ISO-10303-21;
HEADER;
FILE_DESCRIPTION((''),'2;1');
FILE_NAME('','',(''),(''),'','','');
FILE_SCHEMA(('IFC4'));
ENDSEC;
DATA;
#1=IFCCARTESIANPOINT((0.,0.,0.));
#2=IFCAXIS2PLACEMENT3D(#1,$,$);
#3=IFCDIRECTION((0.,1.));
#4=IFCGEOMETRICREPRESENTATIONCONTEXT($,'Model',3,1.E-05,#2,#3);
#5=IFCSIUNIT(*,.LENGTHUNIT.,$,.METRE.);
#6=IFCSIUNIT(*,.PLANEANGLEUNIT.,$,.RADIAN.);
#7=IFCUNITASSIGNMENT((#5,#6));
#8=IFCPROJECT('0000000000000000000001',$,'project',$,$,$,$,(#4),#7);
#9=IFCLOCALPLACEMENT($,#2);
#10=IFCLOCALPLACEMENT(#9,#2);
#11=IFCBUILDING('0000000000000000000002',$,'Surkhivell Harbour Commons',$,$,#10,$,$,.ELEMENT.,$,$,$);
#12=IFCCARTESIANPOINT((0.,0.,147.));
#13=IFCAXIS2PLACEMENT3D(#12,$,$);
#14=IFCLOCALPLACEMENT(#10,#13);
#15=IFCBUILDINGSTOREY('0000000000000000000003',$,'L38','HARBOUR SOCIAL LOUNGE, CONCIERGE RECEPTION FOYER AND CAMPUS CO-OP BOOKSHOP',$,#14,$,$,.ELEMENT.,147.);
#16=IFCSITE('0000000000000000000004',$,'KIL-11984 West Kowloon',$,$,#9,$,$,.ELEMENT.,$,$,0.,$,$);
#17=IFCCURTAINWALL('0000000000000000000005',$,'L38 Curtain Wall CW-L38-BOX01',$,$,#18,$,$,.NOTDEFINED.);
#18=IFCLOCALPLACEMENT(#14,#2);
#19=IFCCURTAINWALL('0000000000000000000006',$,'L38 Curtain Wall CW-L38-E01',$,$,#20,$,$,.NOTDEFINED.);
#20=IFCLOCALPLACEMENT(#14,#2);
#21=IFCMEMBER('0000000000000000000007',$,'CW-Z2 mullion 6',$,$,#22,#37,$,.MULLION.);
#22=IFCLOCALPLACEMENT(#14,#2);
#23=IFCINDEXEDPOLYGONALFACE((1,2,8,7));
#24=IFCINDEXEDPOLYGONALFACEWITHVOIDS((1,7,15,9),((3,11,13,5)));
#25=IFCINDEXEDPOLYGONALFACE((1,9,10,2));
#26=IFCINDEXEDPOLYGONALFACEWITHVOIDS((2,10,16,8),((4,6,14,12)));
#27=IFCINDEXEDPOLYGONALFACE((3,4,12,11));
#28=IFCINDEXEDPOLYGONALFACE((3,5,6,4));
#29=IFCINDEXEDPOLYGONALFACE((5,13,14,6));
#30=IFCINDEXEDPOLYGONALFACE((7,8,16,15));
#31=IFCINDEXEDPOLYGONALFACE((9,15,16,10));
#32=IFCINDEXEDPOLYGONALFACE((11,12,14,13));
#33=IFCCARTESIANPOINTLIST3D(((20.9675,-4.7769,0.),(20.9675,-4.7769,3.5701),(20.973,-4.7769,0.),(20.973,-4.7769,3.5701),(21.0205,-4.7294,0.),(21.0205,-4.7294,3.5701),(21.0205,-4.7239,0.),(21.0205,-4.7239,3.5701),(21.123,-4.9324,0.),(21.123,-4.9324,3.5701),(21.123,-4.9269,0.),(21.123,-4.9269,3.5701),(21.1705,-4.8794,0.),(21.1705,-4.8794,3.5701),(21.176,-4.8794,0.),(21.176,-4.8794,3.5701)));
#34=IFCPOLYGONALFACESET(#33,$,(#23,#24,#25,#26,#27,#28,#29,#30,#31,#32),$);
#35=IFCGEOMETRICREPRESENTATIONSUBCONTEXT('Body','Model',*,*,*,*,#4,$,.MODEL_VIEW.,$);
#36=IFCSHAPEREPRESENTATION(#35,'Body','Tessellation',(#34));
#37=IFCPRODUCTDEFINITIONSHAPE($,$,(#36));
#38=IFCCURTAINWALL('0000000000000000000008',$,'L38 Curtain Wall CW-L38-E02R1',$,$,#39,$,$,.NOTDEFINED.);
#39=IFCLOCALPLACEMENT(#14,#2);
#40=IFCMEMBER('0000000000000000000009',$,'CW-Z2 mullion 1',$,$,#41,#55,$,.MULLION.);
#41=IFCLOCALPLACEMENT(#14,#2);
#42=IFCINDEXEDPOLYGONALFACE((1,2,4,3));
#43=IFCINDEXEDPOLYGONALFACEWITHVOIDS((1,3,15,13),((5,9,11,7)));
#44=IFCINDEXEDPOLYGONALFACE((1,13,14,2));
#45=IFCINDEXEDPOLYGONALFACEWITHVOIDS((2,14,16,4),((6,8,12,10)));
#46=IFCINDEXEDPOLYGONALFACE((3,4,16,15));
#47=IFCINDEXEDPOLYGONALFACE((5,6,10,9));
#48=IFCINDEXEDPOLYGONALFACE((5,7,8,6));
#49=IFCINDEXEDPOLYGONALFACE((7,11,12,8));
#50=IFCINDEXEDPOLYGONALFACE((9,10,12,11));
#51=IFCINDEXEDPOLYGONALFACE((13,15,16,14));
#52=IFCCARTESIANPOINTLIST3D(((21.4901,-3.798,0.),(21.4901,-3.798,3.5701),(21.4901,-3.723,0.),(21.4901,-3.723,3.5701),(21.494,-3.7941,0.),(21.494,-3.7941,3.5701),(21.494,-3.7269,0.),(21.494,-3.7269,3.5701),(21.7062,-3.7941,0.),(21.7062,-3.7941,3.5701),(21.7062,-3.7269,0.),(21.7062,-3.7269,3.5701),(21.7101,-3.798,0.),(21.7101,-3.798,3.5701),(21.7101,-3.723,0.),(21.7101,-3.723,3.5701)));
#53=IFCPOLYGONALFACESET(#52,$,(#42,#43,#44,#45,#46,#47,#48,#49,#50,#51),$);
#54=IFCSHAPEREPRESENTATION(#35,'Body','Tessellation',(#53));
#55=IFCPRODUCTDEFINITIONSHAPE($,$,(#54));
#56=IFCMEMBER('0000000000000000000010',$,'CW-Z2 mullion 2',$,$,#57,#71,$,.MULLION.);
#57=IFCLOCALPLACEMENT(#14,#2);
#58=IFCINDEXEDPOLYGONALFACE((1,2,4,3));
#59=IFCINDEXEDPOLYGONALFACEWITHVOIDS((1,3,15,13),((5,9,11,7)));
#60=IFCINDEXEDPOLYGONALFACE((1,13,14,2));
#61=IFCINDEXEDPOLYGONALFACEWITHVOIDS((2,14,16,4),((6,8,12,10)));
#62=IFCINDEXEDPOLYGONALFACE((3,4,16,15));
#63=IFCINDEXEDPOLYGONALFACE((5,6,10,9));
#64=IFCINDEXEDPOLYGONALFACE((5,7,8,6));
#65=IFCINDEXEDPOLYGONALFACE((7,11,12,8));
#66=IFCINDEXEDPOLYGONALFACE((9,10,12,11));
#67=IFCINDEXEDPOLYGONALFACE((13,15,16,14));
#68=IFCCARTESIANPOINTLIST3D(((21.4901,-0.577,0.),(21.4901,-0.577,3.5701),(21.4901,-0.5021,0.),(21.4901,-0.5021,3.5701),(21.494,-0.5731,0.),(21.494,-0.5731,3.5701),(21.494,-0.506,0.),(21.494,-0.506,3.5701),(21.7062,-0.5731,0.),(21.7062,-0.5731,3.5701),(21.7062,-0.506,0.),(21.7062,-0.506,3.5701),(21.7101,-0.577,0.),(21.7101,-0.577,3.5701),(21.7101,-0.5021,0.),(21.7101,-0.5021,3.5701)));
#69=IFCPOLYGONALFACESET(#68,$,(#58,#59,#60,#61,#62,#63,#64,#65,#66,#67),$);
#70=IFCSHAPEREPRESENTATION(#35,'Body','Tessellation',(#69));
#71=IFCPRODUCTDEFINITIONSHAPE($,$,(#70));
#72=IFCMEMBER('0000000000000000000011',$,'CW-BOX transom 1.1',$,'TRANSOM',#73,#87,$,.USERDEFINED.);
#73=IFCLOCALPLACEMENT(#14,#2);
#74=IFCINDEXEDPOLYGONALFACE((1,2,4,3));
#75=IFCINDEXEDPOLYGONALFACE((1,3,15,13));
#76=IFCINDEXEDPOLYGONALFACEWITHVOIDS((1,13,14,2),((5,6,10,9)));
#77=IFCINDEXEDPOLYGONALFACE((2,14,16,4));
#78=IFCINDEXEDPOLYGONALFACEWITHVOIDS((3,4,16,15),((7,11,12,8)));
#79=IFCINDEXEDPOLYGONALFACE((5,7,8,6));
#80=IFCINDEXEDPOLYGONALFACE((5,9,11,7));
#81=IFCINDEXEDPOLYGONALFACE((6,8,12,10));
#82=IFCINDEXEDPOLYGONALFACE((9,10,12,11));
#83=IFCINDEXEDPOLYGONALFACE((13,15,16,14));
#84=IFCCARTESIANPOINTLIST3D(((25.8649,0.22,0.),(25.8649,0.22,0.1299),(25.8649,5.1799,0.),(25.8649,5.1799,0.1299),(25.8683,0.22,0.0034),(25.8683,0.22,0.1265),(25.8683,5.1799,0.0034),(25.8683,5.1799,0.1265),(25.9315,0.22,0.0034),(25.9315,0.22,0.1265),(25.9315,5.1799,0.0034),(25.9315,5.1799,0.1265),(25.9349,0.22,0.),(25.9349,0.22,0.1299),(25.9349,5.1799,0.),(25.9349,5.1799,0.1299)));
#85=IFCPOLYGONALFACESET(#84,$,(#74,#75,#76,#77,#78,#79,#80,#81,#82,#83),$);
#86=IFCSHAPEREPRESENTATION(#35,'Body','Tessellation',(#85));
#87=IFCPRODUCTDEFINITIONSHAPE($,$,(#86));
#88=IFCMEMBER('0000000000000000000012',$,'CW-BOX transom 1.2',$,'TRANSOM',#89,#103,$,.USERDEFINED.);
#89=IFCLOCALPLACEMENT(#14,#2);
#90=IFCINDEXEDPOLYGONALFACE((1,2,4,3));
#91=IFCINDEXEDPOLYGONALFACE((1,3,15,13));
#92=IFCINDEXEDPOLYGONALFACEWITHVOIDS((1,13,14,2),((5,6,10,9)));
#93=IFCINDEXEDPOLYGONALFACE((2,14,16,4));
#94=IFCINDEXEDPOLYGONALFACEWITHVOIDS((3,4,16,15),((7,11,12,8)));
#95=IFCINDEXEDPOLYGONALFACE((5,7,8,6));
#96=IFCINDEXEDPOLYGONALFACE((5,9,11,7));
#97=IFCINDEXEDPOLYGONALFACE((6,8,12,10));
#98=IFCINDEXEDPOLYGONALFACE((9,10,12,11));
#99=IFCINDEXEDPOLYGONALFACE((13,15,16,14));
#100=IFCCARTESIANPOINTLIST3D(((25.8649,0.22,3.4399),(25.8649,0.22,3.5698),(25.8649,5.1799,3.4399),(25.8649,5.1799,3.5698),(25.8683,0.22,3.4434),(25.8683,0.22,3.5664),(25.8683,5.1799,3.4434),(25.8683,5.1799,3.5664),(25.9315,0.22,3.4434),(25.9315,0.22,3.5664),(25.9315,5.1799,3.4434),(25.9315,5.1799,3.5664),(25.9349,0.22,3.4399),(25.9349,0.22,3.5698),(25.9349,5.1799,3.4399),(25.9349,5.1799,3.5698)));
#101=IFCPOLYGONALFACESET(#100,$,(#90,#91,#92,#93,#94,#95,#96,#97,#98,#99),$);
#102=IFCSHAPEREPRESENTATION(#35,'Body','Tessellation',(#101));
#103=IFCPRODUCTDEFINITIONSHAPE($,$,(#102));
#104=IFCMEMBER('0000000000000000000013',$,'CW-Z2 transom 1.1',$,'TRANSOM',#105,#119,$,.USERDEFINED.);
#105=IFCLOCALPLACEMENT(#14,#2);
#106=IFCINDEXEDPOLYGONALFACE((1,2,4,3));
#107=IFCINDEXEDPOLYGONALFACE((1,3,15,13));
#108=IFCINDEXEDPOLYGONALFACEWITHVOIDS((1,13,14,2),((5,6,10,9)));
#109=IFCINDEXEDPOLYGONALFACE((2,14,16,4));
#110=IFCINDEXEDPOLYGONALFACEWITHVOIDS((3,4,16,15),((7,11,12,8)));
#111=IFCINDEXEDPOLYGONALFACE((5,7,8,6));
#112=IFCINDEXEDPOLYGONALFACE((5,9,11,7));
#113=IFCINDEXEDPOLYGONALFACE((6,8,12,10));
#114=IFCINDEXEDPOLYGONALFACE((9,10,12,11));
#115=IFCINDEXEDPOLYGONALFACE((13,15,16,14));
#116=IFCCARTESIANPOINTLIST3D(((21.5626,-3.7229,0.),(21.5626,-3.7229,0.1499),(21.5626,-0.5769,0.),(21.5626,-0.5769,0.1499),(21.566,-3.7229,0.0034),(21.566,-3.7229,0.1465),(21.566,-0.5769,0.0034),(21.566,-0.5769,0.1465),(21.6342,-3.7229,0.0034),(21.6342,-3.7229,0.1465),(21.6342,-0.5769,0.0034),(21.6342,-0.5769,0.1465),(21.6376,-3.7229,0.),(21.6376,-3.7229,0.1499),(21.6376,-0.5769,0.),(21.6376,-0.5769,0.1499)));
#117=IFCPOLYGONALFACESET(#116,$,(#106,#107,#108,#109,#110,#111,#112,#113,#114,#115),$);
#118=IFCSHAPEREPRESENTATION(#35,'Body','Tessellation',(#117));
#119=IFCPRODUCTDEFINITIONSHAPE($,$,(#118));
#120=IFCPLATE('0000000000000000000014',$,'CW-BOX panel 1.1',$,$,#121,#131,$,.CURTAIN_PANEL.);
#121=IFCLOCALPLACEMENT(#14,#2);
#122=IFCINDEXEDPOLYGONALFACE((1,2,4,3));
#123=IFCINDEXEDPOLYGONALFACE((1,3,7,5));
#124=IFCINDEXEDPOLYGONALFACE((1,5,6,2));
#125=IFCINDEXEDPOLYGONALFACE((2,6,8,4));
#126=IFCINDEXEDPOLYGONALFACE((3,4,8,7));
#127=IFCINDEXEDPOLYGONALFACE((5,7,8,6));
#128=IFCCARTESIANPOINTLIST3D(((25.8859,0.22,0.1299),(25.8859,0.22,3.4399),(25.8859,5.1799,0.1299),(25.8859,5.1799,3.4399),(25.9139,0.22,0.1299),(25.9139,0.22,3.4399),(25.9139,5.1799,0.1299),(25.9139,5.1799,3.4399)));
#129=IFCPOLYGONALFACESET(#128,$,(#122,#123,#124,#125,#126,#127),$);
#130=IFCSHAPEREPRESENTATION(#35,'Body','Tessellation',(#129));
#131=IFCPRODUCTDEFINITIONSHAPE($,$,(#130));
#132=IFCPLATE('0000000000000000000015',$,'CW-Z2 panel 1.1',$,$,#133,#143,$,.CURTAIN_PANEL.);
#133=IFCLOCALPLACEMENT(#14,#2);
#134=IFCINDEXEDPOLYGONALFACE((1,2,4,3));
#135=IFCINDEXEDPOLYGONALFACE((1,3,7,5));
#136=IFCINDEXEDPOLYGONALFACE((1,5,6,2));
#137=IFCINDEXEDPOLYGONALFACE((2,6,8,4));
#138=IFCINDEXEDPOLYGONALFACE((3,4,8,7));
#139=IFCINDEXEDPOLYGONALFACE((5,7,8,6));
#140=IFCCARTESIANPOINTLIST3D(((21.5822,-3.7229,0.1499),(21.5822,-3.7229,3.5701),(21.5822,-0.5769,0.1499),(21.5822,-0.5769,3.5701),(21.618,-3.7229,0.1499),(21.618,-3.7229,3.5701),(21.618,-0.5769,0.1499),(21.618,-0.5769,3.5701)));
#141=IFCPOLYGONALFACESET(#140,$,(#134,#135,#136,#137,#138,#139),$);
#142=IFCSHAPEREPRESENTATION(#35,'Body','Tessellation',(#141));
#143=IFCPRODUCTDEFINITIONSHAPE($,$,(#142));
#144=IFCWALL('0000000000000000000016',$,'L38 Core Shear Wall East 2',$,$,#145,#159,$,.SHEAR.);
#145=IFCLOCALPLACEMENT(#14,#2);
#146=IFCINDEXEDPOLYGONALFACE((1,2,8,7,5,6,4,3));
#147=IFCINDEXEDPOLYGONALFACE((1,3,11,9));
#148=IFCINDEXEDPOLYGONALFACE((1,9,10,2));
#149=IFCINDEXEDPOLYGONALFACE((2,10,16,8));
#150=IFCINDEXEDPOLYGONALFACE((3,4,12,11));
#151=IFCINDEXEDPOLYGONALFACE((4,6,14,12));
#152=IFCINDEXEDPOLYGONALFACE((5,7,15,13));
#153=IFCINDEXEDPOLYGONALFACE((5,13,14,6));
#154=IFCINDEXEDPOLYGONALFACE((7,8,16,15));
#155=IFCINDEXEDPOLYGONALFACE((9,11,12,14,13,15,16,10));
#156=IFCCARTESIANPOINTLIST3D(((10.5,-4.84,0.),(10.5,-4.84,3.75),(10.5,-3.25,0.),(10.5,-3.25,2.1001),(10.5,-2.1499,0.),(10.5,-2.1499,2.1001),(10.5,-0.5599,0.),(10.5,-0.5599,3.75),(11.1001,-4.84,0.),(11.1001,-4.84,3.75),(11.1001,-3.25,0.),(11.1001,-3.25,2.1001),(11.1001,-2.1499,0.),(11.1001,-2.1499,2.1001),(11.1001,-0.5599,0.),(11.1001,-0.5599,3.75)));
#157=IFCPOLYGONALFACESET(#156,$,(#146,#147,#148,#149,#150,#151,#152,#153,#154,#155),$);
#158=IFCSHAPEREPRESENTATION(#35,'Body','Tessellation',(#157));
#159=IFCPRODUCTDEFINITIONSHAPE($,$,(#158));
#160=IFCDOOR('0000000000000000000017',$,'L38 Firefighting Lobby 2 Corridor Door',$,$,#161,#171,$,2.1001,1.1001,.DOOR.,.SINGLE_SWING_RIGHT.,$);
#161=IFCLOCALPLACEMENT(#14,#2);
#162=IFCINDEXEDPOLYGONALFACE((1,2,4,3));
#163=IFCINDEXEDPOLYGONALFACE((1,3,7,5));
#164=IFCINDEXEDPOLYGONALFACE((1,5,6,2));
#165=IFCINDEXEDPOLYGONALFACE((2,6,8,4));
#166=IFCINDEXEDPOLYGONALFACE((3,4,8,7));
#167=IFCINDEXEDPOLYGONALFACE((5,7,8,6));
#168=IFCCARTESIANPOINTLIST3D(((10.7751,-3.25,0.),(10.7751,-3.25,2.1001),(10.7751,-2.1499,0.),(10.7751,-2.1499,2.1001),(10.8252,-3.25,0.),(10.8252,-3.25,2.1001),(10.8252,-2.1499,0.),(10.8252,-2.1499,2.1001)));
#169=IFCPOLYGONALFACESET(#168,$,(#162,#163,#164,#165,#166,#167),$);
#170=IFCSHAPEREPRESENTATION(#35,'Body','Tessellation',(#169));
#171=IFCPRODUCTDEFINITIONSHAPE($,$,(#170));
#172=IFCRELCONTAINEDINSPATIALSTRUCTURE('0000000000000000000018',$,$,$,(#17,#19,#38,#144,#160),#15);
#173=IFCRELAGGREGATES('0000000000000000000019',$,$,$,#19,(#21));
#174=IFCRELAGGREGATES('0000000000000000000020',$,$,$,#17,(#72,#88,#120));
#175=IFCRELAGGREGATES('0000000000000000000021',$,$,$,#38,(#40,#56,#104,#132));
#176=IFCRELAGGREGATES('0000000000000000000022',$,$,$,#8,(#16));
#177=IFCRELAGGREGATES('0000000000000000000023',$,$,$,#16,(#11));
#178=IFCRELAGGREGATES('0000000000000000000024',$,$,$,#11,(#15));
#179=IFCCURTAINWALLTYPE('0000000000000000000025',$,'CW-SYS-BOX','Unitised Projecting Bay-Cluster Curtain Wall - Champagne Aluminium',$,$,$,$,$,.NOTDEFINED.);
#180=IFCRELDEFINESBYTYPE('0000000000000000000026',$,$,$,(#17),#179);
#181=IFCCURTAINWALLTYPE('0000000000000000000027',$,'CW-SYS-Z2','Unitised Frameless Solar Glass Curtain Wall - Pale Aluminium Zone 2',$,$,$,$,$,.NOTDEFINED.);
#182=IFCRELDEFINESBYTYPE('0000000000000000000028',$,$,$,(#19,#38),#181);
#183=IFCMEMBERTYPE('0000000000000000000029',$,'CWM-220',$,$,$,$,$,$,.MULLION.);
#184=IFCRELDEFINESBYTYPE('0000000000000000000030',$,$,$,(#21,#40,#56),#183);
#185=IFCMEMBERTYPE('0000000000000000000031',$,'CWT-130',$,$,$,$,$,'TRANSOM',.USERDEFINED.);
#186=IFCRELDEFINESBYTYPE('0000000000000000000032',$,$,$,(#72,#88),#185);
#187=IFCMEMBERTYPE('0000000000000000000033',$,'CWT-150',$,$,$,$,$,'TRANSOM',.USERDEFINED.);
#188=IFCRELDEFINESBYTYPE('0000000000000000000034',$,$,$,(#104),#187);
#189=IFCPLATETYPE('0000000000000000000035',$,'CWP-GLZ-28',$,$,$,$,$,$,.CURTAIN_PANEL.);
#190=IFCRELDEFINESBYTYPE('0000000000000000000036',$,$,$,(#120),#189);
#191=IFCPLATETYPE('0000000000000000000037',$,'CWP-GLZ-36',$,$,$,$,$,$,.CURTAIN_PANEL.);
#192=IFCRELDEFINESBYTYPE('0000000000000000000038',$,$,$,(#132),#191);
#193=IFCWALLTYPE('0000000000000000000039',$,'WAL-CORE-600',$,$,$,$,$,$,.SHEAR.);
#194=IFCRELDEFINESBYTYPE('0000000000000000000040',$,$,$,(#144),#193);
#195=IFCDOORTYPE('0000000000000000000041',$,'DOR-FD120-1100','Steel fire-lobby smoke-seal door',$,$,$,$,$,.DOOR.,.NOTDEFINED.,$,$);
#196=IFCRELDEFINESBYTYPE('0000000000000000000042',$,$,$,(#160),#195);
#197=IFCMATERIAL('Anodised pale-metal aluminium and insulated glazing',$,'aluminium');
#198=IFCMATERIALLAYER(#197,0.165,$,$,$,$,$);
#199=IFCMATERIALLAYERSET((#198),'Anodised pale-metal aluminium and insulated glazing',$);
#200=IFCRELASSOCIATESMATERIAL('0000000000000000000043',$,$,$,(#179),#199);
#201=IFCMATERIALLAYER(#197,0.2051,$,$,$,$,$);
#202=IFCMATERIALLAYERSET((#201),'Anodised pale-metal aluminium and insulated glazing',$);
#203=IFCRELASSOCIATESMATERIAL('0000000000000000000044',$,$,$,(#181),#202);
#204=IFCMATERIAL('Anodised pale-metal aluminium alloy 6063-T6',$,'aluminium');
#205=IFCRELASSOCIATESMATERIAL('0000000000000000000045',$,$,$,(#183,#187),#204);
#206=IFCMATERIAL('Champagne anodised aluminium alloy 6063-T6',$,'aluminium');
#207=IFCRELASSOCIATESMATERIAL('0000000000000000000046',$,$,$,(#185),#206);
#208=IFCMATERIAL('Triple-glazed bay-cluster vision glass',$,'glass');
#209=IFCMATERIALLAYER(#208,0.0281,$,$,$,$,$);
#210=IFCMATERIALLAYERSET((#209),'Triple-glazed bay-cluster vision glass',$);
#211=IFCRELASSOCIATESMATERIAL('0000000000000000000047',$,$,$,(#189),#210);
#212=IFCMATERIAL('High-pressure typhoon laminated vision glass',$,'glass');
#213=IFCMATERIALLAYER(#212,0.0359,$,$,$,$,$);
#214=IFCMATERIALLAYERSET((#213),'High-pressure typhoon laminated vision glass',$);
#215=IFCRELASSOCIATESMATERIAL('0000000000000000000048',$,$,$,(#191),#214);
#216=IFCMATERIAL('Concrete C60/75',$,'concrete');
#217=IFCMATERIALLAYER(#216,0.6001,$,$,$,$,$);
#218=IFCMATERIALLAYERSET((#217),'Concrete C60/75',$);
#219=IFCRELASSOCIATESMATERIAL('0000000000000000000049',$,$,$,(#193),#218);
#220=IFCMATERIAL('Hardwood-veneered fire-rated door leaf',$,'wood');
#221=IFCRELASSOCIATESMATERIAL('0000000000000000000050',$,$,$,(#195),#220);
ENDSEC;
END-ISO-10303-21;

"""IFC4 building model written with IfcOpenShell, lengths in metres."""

from ifc_helpers import new_model, si_unit, direction, frame, frame_2d, origin, origin_2d, place, context, subcontext, project, spatial, rectangle, hollow_rectangle, extrude, material, layer, layer_set, material_profile, profile_set, type_object, element, fill, aggregate, save


model = new_model("IFC4")

# Units and contexts
model_context = context("Model", 3, precision=1e-05, world=origin(), true_north=direction((0.0, 1.0)))
body_context = subcontext(model_context, "Body", "Model", "MODEL_VIEW")
ifc_project = project(units=[si_unit("LENGTHUNIT", "METRE"), si_unit("PLANEANGLEUNIT", "RADIAN")], contexts=[model_context])

# Site, building, storey
site_placement = place(None, origin())
site = spatial("IfcSite", under=ifc_project, at=site_placement, Name="KIL-11984 West Kowloon", CompositionType="ELEMENT", RefElevation=0.0)
building_placement = place(site_placement, origin())
building = spatial("IfcBuilding", under=site, at=building_placement, Name="Surkhivell Harbour Commons", CompositionType="ELEMENT")
storey_placement = place(building_placement, frame((0.0, 0.0, 147.0)))
storey = spatial("IfcBuildingStorey", under=building, at=storey_placement, Name="L38", Description="HARBOUR SOCIAL LOUNGE, CONCIERGE RECEPTION FOYER AND CAMPUS CO-OP BOOKSHOP", CompositionType="ELEMENT", Elevation=147.0)

# Shared definitions
ifc_material_1 = material(Name="Concrete C60/75", Category="concrete")

# Curtain walls, member
ifc_material_2 = material(Name="Anodised pale-metal aluminium and insulated glazing", Category="aluminium")
ifc_layer_1 = layer(ifc_material_2, 0.165)
ifc_layer_set_1 = layer_set([ifc_layer_1], Name="Anodised pale-metal aluminium and insulated glazing")
curtain_wall_type_1 = type_object("IfcCurtainWallType", Name="CW-SYS-BOX", Description="Unitised Projecting Bay-Cluster Curtain Wall - Champagne Aluminium", PredefinedType="NOTDEFINED", material=ifc_layer_set_1)
curtain_wall_1_placement = place(storey_placement, origin())
curtain_wall_1 = element("IfcCurtainWall", 1, at=curtain_wall_1_placement, inside=storey, type_object=curtain_wall_type_1, Name="L38 Curtain Wall CW-L38-BOX01", PredefinedType="NOTDEFINED")
ifc_material_3 = material(Name="Champagne anodised aluminium alloy 6063-T6", Category="aluminium")
ifc_layer_2 = layer(ifc_material_2, 0.2051)
ifc_layer_set_2 = layer_set([ifc_layer_2], Name="Anodised pale-metal aluminium and insulated glazing")
curtain_wall_type_2 = type_object("IfcCurtainWallType", Name="CW-SYS-Z2", Description="Unitised Frameless Solar Glass Curtain Wall - Pale Aluminium Zone 2", PredefinedType="NOTDEFINED", material=ifc_layer_set_2)
curtain_wall_2_placement = place(storey_placement, origin())
curtain_wall_2 = element("IfcCurtainWall", 2, at=curtain_wall_2_placement, inside=storey, type_object=curtain_wall_type_2, Name="L38 Curtain Wall CW-L38-E01", PredefinedType="NOTDEFINED")
ifc_material_4 = material(Name="Anodised pale-metal aluminium alloy 6063-T6", Category="aluminium")
ifc_material_profile_1 = material_profile(ifc_material_4, hollow_rectangle(XDim=0.075, YDim=0.22, WallThickness=0.0039, at=origin_2d()), Name="ALU-MULL-75x220")
ifc_profile_set_1 = profile_set([ifc_material_profile_1], Name="Anodised pale-metal aluminium alloy 6063-T6")
member_type_1 = type_object("IfcMemberType", Name="CWM-220", PredefinedType="MULLION", material=ifc_profile_set_1)
member_1_placement = place(storey_placement, frame((21.0718, -4.8281, 0.0), z_axis=(0.0, 0.0, 1.0), x_axis=(0.707107, 0.707107, 0.0)))
member_1 = element("IfcMember", 3, at=member_1_placement, type_object=member_type_1, Name="CW-Z2 mullion 6", PredefinedType="MULLION", context=body_context, shape_type="SweptSolid", body=[
    extrude(hollow_rectangle(XDim=0.075, YDim=0.22, WallThickness=0.0039, at=origin_2d()), origin(), (0.0, 0.0, 1.0), 3.5701),
])
aggregate(curtain_wall_2, [member_1])

# Curtain wall, members
curtain_wall_3_placement = place(storey_placement, origin())
curtain_wall_3 = element("IfcCurtainWall", 4, at=curtain_wall_3_placement, inside=storey, type_object=curtain_wall_type_2, Name="L38 Curtain Wall CW-L38-E02R1", PredefinedType="NOTDEFINED")
member_2_placement = place(storey_placement, frame((21.6001, -3.7605, 0.0), z_axis=(0.0, 0.0, 1.0), x_axis=(0.0, 1.0, 0.0)))
member_2 = element("IfcMember", 5, at=member_2_placement, type_object=member_type_1, Name="CW-Z2 mullion 1", PredefinedType="MULLION", context=body_context, shape_type="SweptSolid", body=[
    extrude(hollow_rectangle(XDim=0.075, YDim=0.22, WallThickness=0.0039, at=origin_2d()), origin(), (0.0, 0.0, 1.0), 3.5701),
])
member_3_placement = place(storey_placement, frame((21.6001, -0.5396, 0.0), z_axis=(0.0, 0.0, 1.0), x_axis=(0.0, 1.0, 0.0)))
member_3 = element("IfcMember", 6, at=member_3_placement, type_object=member_type_1, Name="CW-Z2 mullion 2", PredefinedType="MULLION", context=body_context, shape_type="SweptSolid", body=[
    extrude(hollow_rectangle(XDim=0.075, YDim=0.22, WallThickness=0.0039, at=origin_2d()), origin(), (0.0, 0.0, 1.0), 3.5701),
])

# Members
ifc_material_profile_2 = material_profile(ifc_material_3, hollow_rectangle(XDim=0.0701, YDim=0.1299, WallThickness=0.0034, at=origin_2d()), Name="ALU-TRAN-70x130")
ifc_profile_set_2 = profile_set([ifc_material_profile_2], Name="Champagne anodised aluminium alloy 6063-T6")
member_type_2 = type_object("IfcMemberType", Name="CWT-130", ElementType="TRANSOM", PredefinedType="USERDEFINED", material=ifc_profile_set_2)
member_4_placement = place(storey_placement, frame((25.8999, 0.22, 0.0649), z_axis=(0.0, 1.0, 0.0), x_axis=(-1.0, 0.0, 0.0)))
member_4 = element("IfcMember", 7, at=member_4_placement, type_object=member_type_2, Name="CW-BOX transom 1.1", ObjectType="TRANSOM", PredefinedType="USERDEFINED", context=body_context, shape_type="SweptSolid", body=[
    extrude(hollow_rectangle(XDim=0.0701, YDim=0.1299, WallThickness=0.0034, at=origin_2d()), origin(), (0.0, 0.0, 1.0), 4.96),
])
member_5_placement = place(storey_placement, frame((25.8999, 0.22, 3.5049), z_axis=(0.0, 1.0, 0.0), x_axis=(-1.0, 0.0, 0.0)))
member_5 = element("IfcMember", 8, at=member_5_placement, type_object=member_type_2, Name="CW-BOX transom 1.2", ObjectType="TRANSOM", PredefinedType="USERDEFINED", context=body_context, shape_type="SweptSolid", body=[
    extrude(hollow_rectangle(XDim=0.0701, YDim=0.1299, WallThickness=0.0034, at=origin_2d()), origin(), (0.0, 0.0, 1.0), 4.96),
])
ifc_material_profile_3 = material_profile(ifc_material_4, hollow_rectangle(XDim=0.075, YDim=0.1499, WallThickness=0.0034, at=origin_2d()), Name="ALU-TRAN-75x150")
ifc_profile_set_3 = profile_set([ifc_material_profile_3], Name="Anodised pale-metal aluminium alloy 6063-T6")
member_type_3 = type_object("IfcMemberType", Name="CWT-150", ElementType="TRANSOM", PredefinedType="USERDEFINED", material=ifc_profile_set_3)
member_6_placement = place(storey_placement, frame((21.6001, -3.7229, 0.075), z_axis=(0.0, 1.0, 0.0), x_axis=(-1.0, 0.0, 0.0)))
member_6 = element("IfcMember", 9, at=member_6_placement, type_object=member_type_3, Name="CW-Z2 transom 1.1", ObjectType="TRANSOM", PredefinedType="USERDEFINED", context=body_context, shape_type="SweptSolid", body=[
    extrude(hollow_rectangle(XDim=0.075, YDim=0.1499, WallThickness=0.0034, at=origin_2d()), origin(), (0.0, 0.0, 1.0), 3.146),
])

# Plates
ifc_material_5 = material(Name="Triple-glazed bay-cluster vision glass", Category="glass")
ifc_layer_3 = layer(ifc_material_5, 0.0281)
ifc_layer_set_3 = layer_set([ifc_layer_3], Name="Triple-glazed bay-cluster vision glass")
plate_type_1 = type_object("IfcPlateType", Name="CWP-GLZ-28", PredefinedType="CURTAIN_PANEL", material=ifc_layer_set_3)
plate_1_placement = place(storey_placement, frame((25.8999, 0.22, 0.1299), z_axis=(0.0, 0.0, 1.0), x_axis=(0.0, 1.0, 0.0)))
plate_1 = element("IfcPlate", 10, at=plate_1_placement, type_object=plate_type_1, Name="CW-BOX panel 1.1", PredefinedType="CURTAIN_PANEL", context=body_context, shape_type="SweptSolid", body=[
    extrude(rectangle(XDim=4.96, YDim=0.0281, at=frame_2d((2.48, 0.0))), origin(), (0.0, 0.0, 1.0), 3.3101),
])
aggregate(curtain_wall_1, [member_4, member_5, plate_1])
ifc_material_6 = material(Name="High-pressure typhoon laminated vision glass", Category="glass")
ifc_layer_4 = layer(ifc_material_6, 0.0359)
ifc_layer_set_4 = layer_set([ifc_layer_4], Name="High-pressure typhoon laminated vision glass")
plate_type_2 = type_object("IfcPlateType", Name="CWP-GLZ-36", PredefinedType="CURTAIN_PANEL", material=ifc_layer_set_4)
plate_2_placement = place(storey_placement, frame((21.6001, -3.7229, 0.1499), z_axis=(0.0, 0.0, 1.0), x_axis=(0.0, 1.0, 0.0)))
plate_2 = element("IfcPlate", 11, at=plate_2_placement, type_object=plate_type_2, Name="CW-Z2 panel 1.1", PredefinedType="CURTAIN_PANEL", context=body_context, shape_type="SweptSolid", body=[
    extrude(rectangle(XDim=3.146, YDim=0.0359, at=frame_2d((1.573, 0.0))), origin(), (0.0, 0.0, 1.0), 3.4202),
])
aggregate(curtain_wall_3, [member_2, member_3, member_6, plate_2])

# Wall, opening, door
ifc_layer_5 = layer(ifc_material_1, 0.6001)
ifc_layer_set_5 = layer_set([ifc_layer_5], Name="Concrete C60/75")
wall_type_1 = type_object("IfcWallType", Name="WAL-CORE-600", PredefinedType="SHEAR", material=ifc_layer_set_5)
wall_1_placement = place(storey_placement, frame((10.8, -4.8401, 0.0), z_axis=(0.0, 0.0, 1.0), x_axis=(0.0, 1.0, 0.0)))
wall_1 = element("IfcWall", 12, at=wall_1_placement, inside=storey, type_object=wall_type_1, Name="L38 Core Shear Wall East 2", PredefinedType="SHEAR", context=body_context, shape_type="SweptSolid", body=[
    extrude(rectangle(XDim=4.28, YDim=0.6001, at=frame_2d((2.1401, 0.0))), origin(), (0.0, 0.0, 1.0), 3.75),
])
opening_1_placement = place(wall_1_placement, frame((1.5901, 0.0, 0.0)))
opening_1 = element("IfcOpeningElement", 13, at=opening_1_placement, cuts=wall_1, PredefinedType="OPENING", context=body_context, shape_type="SweptSolid", body=[
    extrude(rectangle(XDim=1.1001, YDim=2.1001, at=frame_2d((0.55, 1.05))), frame((0.0, 0.3101, 0.0), z_axis=(0.0, -1.0, 0.0), x_axis=(1.0, 0.0, 0.0)), (0.0, 0.0, 1.0), 0.6201),
])
ifc_material_7 = material(Name="Hardwood-veneered fire-rated door leaf", Category="wood")
door_type_1 = type_object("IfcDoorType", Name="DOR-FD120-1100", Description="Steel fire-lobby smoke-seal door", OperationType="NOTDEFINED", PredefinedType="DOOR", material=ifc_material_7)
door_1_placement = place(opening_1_placement, origin())
door_1 = element("IfcDoor", 14, at=door_1_placement, inside=storey, type_object=door_type_1, Name="L38 Firefighting Lobby 2 Corridor Door", OperationType="SINGLE_SWING_RIGHT", OverallHeight=2.1001, OverallWidth=1.1001, PredefinedType="DOOR", context=body_context, shape_type="SweptSolid", body=[
    extrude(rectangle(XDim=1.1001, YDim=2.1001, at=frame_2d((0.55, 1.05))), frame((0.0, 0.0249, 0.0), z_axis=(0.0, -1.0, 0.0), x_axis=(1.0, 0.0, 0.0)), (0.0, 0.0, 1.0), 0.05),
])
fill(opening_1, door_1)

save(model, "model.ifc")
